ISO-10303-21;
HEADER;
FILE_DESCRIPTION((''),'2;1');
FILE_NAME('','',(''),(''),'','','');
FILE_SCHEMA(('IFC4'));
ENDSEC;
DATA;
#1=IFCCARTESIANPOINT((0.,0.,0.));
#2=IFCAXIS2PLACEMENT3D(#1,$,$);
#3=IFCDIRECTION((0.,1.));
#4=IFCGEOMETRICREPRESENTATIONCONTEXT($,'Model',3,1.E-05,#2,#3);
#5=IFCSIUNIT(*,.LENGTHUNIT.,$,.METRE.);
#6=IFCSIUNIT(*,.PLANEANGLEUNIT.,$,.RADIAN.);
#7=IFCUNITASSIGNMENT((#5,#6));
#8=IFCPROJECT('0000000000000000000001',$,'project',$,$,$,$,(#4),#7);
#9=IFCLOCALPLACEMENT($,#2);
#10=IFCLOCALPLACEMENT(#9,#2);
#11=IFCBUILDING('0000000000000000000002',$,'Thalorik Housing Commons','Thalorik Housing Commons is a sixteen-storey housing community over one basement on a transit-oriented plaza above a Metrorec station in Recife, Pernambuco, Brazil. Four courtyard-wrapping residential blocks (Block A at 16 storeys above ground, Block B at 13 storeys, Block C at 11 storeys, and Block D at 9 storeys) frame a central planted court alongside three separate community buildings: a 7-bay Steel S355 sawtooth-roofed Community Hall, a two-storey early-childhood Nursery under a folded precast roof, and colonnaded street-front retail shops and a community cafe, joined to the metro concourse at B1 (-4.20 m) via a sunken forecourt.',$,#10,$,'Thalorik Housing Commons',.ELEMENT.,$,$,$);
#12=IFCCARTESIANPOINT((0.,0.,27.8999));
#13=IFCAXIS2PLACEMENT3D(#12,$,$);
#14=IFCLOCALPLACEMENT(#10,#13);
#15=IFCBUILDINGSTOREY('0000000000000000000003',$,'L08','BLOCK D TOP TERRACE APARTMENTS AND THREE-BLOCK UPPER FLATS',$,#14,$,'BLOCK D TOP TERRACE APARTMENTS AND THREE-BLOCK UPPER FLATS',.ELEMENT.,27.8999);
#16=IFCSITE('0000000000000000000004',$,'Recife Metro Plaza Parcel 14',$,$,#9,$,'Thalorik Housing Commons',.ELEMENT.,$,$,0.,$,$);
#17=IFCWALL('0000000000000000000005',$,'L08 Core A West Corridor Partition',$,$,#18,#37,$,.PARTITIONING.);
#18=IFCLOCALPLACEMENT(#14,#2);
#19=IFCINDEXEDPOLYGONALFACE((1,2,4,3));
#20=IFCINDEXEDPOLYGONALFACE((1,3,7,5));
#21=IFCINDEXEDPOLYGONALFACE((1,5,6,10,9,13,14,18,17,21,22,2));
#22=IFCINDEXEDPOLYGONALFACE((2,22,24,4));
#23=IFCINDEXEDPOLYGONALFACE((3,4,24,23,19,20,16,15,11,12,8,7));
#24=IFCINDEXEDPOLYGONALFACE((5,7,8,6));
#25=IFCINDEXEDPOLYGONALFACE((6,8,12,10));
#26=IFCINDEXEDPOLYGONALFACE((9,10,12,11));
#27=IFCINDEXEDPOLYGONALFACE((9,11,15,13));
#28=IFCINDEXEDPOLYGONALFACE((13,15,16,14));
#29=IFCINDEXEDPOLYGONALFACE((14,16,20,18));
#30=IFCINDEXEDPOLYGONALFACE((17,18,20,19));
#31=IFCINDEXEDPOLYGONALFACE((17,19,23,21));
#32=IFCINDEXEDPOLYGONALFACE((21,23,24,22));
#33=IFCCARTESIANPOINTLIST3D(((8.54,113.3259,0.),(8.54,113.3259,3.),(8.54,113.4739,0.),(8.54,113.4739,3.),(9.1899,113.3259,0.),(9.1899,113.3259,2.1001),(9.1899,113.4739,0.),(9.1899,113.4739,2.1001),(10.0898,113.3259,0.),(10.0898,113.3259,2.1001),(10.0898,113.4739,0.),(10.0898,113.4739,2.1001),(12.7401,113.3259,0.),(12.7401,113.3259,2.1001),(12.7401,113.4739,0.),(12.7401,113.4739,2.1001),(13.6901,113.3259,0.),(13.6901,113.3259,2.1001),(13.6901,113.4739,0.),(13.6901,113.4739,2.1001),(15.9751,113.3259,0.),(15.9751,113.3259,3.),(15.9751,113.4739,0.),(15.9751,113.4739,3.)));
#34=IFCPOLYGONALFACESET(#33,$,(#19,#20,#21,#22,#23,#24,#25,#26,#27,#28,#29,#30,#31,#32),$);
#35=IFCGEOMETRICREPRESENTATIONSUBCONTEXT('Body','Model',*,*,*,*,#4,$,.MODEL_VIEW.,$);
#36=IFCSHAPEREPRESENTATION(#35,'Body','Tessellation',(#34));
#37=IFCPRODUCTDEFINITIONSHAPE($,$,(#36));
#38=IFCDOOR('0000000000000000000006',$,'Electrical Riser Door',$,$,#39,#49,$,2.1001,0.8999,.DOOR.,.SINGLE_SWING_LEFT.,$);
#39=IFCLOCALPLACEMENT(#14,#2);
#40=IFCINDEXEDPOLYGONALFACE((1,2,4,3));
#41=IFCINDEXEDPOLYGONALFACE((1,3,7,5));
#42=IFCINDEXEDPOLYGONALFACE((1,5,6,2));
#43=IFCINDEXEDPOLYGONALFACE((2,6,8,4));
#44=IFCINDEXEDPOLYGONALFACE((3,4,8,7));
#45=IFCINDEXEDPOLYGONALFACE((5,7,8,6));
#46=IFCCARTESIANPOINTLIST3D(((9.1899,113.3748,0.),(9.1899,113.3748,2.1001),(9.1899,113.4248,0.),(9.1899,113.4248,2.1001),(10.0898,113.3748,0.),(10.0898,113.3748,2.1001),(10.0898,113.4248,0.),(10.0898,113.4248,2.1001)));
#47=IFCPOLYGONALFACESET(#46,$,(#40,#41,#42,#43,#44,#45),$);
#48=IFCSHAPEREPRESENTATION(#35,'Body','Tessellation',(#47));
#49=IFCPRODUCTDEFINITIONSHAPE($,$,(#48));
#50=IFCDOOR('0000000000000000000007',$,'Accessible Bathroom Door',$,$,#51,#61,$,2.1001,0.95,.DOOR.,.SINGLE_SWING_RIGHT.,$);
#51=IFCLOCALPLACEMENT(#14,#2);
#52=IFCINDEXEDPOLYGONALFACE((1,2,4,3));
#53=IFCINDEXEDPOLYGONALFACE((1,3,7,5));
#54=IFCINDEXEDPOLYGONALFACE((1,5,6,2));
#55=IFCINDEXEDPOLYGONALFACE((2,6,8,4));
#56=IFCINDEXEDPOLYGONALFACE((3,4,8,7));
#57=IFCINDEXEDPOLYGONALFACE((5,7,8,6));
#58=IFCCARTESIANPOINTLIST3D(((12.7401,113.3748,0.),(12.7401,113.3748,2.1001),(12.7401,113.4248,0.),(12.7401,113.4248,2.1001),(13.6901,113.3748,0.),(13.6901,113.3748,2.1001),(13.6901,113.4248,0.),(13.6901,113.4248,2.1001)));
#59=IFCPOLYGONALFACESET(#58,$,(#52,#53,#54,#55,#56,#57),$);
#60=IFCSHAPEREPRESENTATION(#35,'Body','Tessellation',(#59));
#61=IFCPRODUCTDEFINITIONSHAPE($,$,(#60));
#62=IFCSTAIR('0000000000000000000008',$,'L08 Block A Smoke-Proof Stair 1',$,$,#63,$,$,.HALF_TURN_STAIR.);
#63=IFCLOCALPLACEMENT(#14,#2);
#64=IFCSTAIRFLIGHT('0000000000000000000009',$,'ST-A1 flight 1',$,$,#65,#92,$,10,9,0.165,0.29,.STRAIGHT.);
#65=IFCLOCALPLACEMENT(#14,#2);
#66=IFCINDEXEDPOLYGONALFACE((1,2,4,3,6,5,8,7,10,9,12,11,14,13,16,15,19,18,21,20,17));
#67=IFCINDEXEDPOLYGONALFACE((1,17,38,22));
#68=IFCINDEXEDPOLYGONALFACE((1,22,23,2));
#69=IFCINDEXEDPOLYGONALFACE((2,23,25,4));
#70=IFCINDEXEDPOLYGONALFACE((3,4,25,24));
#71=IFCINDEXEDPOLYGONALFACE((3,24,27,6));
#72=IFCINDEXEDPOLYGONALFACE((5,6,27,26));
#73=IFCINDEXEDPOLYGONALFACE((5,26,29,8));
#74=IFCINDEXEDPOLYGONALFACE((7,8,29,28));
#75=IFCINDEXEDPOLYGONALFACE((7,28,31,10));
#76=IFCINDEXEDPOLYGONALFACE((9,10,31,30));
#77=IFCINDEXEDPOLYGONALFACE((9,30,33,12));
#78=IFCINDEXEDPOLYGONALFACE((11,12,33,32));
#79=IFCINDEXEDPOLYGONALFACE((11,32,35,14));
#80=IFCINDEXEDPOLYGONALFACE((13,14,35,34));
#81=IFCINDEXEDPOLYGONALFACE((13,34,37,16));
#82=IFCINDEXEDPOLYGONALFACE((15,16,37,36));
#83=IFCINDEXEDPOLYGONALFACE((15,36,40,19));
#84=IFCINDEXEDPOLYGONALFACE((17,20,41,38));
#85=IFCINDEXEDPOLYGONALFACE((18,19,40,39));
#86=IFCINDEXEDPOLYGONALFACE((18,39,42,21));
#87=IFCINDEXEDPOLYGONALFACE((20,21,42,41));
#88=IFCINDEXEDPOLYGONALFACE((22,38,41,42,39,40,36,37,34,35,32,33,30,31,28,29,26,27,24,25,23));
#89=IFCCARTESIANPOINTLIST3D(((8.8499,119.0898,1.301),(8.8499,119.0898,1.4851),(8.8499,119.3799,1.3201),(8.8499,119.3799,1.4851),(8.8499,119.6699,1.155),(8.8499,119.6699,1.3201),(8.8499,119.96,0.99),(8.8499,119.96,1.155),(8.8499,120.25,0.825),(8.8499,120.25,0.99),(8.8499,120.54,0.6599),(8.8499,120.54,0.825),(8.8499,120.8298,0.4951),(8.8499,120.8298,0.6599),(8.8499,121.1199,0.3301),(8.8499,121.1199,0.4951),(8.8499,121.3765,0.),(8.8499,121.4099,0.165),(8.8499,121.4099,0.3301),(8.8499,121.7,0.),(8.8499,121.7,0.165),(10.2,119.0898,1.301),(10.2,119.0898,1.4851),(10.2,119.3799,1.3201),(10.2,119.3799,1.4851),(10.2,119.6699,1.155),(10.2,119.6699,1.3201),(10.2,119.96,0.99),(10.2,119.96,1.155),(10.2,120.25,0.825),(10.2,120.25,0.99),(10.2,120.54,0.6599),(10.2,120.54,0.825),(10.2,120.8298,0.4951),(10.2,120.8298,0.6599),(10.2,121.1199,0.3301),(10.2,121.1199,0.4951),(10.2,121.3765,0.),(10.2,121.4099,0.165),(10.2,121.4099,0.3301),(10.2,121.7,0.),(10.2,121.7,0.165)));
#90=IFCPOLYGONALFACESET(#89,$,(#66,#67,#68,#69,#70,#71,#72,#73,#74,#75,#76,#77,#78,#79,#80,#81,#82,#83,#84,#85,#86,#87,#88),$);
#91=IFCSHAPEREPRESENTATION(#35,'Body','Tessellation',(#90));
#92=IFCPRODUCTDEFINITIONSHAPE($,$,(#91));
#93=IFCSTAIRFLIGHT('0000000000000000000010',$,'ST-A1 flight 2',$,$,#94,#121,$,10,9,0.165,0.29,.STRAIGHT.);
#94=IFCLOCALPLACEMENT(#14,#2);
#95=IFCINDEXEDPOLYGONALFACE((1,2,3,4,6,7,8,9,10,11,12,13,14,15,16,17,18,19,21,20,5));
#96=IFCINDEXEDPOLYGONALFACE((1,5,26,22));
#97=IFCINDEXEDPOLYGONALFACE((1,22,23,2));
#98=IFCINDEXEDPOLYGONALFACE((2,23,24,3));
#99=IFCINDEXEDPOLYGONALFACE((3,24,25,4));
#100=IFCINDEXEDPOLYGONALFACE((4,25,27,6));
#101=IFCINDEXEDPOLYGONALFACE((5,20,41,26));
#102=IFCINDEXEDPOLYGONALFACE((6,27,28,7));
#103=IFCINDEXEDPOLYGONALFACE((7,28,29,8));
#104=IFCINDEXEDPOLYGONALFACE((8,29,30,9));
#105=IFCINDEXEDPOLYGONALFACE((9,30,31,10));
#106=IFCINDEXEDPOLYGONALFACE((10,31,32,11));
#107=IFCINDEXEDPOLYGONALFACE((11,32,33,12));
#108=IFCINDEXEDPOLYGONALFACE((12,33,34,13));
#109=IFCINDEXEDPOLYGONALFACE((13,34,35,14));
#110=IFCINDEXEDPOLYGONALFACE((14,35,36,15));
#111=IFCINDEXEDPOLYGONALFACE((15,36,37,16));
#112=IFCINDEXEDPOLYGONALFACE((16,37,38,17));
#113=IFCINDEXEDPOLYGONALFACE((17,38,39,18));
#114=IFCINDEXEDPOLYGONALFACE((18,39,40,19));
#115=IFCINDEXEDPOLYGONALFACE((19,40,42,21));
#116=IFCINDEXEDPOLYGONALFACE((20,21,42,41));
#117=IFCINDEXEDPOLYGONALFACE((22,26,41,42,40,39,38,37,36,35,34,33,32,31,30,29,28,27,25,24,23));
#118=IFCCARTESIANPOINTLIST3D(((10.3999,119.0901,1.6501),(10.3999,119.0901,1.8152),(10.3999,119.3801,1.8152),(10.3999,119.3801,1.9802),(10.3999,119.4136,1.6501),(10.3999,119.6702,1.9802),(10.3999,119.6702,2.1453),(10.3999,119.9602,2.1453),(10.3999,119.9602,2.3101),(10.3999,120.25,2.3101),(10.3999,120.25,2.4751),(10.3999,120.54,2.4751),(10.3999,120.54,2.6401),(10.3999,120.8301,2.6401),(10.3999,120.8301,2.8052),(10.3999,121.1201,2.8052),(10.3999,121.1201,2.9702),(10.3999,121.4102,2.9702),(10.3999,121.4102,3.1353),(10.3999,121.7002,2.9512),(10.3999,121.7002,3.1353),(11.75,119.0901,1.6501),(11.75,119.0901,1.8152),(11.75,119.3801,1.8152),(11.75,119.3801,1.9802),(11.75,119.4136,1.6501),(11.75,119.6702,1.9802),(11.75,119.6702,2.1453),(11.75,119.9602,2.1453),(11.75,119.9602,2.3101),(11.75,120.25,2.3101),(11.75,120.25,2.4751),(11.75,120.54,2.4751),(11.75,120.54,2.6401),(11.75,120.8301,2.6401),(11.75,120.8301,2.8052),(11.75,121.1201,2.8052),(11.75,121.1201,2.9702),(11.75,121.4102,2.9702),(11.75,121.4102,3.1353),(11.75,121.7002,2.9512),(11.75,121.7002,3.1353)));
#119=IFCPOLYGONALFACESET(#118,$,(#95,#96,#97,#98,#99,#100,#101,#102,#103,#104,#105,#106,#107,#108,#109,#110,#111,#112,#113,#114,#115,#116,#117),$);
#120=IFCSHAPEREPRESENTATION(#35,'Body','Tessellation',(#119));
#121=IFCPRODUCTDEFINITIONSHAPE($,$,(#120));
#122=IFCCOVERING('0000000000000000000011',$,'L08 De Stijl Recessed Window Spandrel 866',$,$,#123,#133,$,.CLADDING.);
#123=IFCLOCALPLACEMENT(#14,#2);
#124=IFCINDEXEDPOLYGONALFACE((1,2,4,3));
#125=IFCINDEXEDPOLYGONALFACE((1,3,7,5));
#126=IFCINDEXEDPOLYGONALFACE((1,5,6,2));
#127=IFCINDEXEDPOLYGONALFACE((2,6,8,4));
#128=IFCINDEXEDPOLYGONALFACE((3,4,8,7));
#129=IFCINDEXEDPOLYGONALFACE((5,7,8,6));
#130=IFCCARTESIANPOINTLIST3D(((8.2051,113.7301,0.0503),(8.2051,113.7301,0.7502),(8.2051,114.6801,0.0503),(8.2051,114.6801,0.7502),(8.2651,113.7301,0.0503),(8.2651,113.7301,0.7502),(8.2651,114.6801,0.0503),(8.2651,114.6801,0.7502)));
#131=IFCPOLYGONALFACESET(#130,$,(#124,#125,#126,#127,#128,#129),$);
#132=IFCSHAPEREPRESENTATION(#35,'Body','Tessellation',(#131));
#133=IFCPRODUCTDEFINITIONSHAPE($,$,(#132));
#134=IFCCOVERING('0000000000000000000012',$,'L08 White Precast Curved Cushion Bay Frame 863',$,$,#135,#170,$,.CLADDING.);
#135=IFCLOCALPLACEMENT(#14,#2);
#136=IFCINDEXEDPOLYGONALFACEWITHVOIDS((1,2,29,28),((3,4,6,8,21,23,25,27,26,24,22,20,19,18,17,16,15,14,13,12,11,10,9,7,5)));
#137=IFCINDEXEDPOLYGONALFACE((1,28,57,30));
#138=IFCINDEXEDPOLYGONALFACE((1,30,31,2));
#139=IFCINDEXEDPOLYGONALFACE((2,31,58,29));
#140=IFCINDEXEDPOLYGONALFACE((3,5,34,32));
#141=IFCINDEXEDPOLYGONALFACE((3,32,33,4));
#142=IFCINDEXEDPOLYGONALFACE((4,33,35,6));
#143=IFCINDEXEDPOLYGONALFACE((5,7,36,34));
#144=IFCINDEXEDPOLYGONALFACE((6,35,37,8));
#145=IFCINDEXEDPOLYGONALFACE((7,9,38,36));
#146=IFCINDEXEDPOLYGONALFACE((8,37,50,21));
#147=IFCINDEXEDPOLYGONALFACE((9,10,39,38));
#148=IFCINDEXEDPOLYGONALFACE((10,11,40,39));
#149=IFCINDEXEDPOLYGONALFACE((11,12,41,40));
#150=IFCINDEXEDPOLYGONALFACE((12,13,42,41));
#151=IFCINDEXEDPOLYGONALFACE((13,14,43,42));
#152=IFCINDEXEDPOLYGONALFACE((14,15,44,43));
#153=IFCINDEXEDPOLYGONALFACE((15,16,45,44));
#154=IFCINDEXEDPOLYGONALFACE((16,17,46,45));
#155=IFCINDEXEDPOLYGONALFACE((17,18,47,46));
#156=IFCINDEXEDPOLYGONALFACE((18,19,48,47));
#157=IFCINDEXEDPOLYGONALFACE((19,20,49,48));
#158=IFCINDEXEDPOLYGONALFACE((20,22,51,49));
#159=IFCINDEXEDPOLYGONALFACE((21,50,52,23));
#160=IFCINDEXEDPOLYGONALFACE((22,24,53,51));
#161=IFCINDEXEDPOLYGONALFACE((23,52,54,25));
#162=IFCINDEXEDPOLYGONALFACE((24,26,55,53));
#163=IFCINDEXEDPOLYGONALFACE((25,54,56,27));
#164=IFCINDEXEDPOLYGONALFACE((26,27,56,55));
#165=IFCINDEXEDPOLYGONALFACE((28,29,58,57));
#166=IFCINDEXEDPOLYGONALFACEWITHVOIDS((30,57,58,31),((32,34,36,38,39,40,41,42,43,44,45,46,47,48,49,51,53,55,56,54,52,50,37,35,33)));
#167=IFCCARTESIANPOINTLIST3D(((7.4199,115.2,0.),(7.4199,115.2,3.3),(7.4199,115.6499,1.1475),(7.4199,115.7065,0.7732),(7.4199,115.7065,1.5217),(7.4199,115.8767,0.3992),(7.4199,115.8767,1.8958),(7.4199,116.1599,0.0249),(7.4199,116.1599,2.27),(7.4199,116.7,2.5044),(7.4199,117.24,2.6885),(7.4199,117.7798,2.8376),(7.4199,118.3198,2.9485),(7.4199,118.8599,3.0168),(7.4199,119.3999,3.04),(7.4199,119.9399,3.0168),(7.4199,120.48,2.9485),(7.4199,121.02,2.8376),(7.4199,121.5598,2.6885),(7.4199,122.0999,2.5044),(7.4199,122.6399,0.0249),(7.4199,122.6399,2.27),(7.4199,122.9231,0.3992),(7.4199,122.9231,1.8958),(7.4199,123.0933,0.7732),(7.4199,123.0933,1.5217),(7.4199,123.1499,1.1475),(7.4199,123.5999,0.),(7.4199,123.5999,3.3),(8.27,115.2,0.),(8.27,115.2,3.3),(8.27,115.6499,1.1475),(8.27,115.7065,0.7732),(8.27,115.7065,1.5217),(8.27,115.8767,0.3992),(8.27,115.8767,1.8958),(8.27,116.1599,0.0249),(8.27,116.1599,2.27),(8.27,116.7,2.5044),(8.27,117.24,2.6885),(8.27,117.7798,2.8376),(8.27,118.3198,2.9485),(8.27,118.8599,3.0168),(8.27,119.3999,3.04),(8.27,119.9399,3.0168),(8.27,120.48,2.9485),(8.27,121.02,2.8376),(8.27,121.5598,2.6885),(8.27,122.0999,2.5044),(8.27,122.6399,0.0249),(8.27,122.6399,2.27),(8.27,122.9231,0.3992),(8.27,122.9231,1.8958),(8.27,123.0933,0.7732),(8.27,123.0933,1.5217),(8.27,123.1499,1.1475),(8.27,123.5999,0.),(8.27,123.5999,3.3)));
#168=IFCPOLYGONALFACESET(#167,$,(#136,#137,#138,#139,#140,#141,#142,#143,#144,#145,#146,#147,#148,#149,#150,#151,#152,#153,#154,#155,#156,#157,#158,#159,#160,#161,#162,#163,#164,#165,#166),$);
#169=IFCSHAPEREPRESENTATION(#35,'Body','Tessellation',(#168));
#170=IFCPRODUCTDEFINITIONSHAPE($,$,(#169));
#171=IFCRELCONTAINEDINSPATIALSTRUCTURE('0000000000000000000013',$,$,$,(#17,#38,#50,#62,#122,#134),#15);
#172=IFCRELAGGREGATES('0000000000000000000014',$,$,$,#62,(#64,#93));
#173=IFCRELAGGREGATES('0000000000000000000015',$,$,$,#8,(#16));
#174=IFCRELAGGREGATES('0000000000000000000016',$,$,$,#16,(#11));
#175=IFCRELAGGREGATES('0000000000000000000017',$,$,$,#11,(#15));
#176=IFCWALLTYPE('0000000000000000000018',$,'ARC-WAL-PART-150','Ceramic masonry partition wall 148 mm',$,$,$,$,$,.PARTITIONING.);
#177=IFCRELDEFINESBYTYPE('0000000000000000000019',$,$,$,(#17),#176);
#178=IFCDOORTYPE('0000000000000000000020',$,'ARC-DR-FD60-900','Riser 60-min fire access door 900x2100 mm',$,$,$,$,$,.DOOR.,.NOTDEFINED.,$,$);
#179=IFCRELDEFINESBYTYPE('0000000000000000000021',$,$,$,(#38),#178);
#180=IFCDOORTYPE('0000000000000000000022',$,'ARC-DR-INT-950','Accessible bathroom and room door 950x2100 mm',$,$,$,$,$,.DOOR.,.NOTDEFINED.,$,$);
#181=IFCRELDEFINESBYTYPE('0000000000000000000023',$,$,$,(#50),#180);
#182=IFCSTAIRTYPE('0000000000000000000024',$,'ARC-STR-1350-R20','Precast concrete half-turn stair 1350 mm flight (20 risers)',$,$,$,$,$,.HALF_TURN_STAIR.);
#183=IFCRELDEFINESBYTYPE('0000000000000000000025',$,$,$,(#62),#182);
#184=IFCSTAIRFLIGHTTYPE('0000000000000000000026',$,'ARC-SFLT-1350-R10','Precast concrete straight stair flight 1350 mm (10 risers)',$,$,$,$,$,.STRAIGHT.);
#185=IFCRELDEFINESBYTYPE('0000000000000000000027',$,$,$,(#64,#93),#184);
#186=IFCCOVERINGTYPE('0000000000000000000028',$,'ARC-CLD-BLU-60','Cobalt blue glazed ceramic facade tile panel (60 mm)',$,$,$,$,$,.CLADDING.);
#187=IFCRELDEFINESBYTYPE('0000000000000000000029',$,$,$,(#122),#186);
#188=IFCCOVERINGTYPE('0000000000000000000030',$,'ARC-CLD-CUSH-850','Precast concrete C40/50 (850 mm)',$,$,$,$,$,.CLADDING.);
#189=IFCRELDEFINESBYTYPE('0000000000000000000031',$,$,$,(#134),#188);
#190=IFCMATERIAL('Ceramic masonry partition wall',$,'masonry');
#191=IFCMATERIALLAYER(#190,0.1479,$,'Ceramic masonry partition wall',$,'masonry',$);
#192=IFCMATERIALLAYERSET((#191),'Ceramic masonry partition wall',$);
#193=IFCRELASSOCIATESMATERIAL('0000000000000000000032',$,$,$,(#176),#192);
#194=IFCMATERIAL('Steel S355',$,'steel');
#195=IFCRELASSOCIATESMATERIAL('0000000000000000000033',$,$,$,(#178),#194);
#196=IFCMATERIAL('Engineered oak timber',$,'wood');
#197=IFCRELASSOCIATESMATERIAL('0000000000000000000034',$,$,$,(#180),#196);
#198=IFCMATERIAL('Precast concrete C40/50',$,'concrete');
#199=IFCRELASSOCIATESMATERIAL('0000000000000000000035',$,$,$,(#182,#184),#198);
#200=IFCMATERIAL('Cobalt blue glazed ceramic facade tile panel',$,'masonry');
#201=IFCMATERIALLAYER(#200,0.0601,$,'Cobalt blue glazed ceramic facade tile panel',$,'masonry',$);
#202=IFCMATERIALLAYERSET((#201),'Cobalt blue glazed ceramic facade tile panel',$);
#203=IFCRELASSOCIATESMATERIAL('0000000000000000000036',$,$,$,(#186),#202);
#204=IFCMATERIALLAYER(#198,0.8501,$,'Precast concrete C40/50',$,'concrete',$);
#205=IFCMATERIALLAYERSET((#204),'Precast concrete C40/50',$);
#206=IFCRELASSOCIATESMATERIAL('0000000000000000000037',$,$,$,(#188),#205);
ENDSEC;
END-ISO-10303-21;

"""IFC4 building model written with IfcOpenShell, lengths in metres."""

from ifc_helpers import new_model, si_unit, direction, frame, frame_2d, origin, origin_2d, place, context, subcontext, project, spatial, polyline, rectangle, outline, extrude, material, layer, layer_set, type_object, element, fill, aggregate, save


model = new_model("IFC4")

# Units and contexts
model_context = context("Model", 3, precision=1e-05, world=origin(), true_north=direction((0.0, 1.0)))
body_context = subcontext(model_context, "Body", "Model", "MODEL_VIEW")
ifc_project = project(units=[si_unit("LENGTHUNIT", "METRE"), si_unit("PLANEANGLEUNIT", "RADIAN")], contexts=[model_context])

# Site, building, storey
site_placement = place(None, origin())
site = spatial("IfcSite", under=ifc_project, at=site_placement, Name="Recife Metro Plaza Parcel 14", LongName="Thalorik Housing Commons", CompositionType="ELEMENT", RefElevation=0.0)
building_placement = place(site_placement, origin())
building = spatial("IfcBuilding", under=site, at=building_placement, Name="Thalorik Housing Commons", Description="Thalorik Housing Commons is a sixteen-storey housing community over one basement on a transit-oriented plaza above a Metrorec station in Recife, Pernambuco, Brazil. Four courtyard-wrapping residential blocks (Block A at 16 storeys above ground, Block B at 13 storeys, Block C at 11 storeys, and Block D at 9 storeys) frame a central planted court alongside three separate community buildings: a 7-bay Steel S355 sawtooth-roofed Community Hall, a two-storey early-childhood Nursery under a folded precast roof, and colonnaded street-front retail shops and a community cafe, joined to the metro concourse at B1 (-4.20 m) via a sunken forecourt.", LongName="Thalorik Housing Commons", CompositionType="ELEMENT")
storey_placement = place(building_placement, frame((0.0, 0.0, 27.8999)))
storey = spatial("IfcBuildingStorey", under=building, at=storey_placement, Name="L08", Description="BLOCK D TOP TERRACE APARTMENTS AND THREE-BLOCK UPPER FLATS", LongName="BLOCK D TOP TERRACE APARTMENTS AND THREE-BLOCK UPPER FLATS", CompositionType="ELEMENT", Elevation=27.8999)

# Shared definitions
ifc_material_1 = material(Name="Precast concrete C40/50", Category="concrete")

# Shared definitions
ifc_material_2 = material(Name="Steel S355", Category="steel")

# Shared definitions
ifc_material_3 = material(Name="Ceramic masonry partition wall", Category="masonry")
ifc_layer_1 = layer(ifc_material_3, 0.1479, Name="Ceramic masonry partition wall", Category="masonry")
ifc_layer_set_1 = layer_set([ifc_layer_1], Name="Ceramic masonry partition wall")
wall_type_1 = type_object("IfcWallType", Name="ARC-WAL-PART-150", Description="Ceramic masonry partition wall 148 mm", PredefinedType="PARTITIONING", material=ifc_layer_set_1)

# Wall, openings, doors
wall_1_placement = place(storey_placement, frame((8.54, 113.3999, 0.0), z_axis=(0.0, 0.0, 1.0), x_axis=(1.0, 0.0, 0.0)))
wall_1 = element("IfcWall", 1, at=wall_1_placement, inside=storey, type_object=wall_type_1, Name="L08 Core A West Corridor Partition", PredefinedType="PARTITIONING", context=body_context, shape_type="SweptSolid", body=[
    extrude(rectangle(XDim=7.4351, YDim=0.1479, at=frame_2d((3.7175, 0.0))), origin(), (0.0, 0.0, 1.0), 3.0),
])
opening_1_placement = place(wall_1_placement, frame((0.6499, 0.0, 0.0)))
opening_1 = element("IfcOpeningElement", 2, at=opening_1_placement, cuts=wall_1, PredefinedType="OPENING", context=body_context, shape_type="SweptSolid", body=[
    extrude(rectangle(XDim=0.8999, YDim=2.1001, at=frame_2d((0.45, 1.05))), frame((0.0, 0.084, 0.0), z_axis=(0.0, -1.0, 0.0), x_axis=(1.0, 0.0, 0.0)), (0.0, 0.0, 1.0), 0.168),
])
opening_2_placement = place(wall_1_placement, frame((4.2, 0.0, 0.0)))
opening_2 = element("IfcOpeningElement", 3, at=opening_2_placement, cuts=wall_1, PredefinedType="OPENING", context=body_context, shape_type="SweptSolid", body=[
    extrude(rectangle(XDim=0.95, YDim=2.1001, at=frame_2d((0.4751, 1.05))), frame((0.0, 0.084, 0.0), z_axis=(0.0, -1.0, 0.0), x_axis=(1.0, 0.0, 0.0)), (0.0, 0.0, 1.0), 0.168),
])
door_type_1 = type_object("IfcDoorType", Name="ARC-DR-FD60-900", Description="Riser 60-min fire access door 900x2100 mm", OperationType="NOTDEFINED", PredefinedType="DOOR", material=ifc_material_2)
door_1_placement = place(opening_1_placement, origin())
door_1 = element("IfcDoor", 4, at=door_1_placement, inside=storey, type_object=door_type_1, Name="Electrical Riser Door", OperationType="SINGLE_SWING_LEFT", OverallHeight=2.1001, OverallWidth=0.8999, PredefinedType="DOOR", context=body_context, shape_type="SweptSolid", body=[
    extrude(rectangle(XDim=0.8999, YDim=2.1001, at=frame_2d((0.45, 1.05))), frame((0.0, 0.0249, 0.0), z_axis=(0.0, -1.0, 0.0), x_axis=(1.0, 0.0, 0.0)), (0.0, 0.0, 1.0), 0.05),
])
fill(opening_1, door_1)
ifc_material_4 = material(Name="Engineered oak timber", Category="wood")
door_type_2 = type_object("IfcDoorType", Name="ARC-DR-INT-950", Description="Accessible bathroom and room door 950x2100 mm", OperationType="NOTDEFINED", PredefinedType="DOOR", material=ifc_material_4)
door_2_placement = place(opening_2_placement, origin())
door_2 = element("IfcDoor", 5, at=door_2_placement, inside=storey, type_object=door_type_2, Name="Accessible Bathroom Door", OperationType="SINGLE_SWING_RIGHT", OverallHeight=2.1001, OverallWidth=0.95, PredefinedType="DOOR", context=body_context, shape_type="SweptSolid", body=[
    extrude(rectangle(XDim=0.95, YDim=2.1001, at=frame_2d((0.4751, 1.05))), frame((0.0, 0.0249, 0.0), z_axis=(0.0, -1.0, 0.0), x_axis=(1.0, 0.0, 0.0)), (0.0, 0.0, 1.0), 0.05),
])
fill(opening_2, door_2)

# Stair, stair flights
stair_type = type_object("IfcStairType", Name="ARC-STR-1350-R20", Description="Precast concrete half-turn stair 1350 mm flight (20 risers)", PredefinedType="HALF_TURN_STAIR", material=ifc_material_1)
stair_placement = place(storey_placement, origin())
stair = element("IfcStair", 6, at=stair_placement, inside=storey, type_object=stair_type, Name="L08 Block A Smoke-Proof Stair 1", PredefinedType="HALF_TURN_STAIR")
stair_flight_type = type_object("IfcStairFlightType", Name="ARC-SFLT-1350-R10", Description="Precast concrete straight stair flight 1350 mm (10 risers)", PredefinedType="STRAIGHT", material=ifc_material_1)
stair_flight_1_placement = place(storey_placement, frame((9.5249, 121.7, 0.0), z_axis=(0.0, 0.0, 1.0), x_axis=(0.0, -1.0, 0.0)))
stair_flight_1 = element("IfcStairFlight", 7, at=stair_flight_1_placement, type_object=stair_flight_type, Name="ST-A1 flight 1", NumberOfRisers=10, NumberOfTreads=9, PredefinedType="STRAIGHT", RiserHeight=0.165, TreadLength=0.29, context=body_context, shape_type="SweptSolid", body=[
    extrude(outline(polyline([(0.0, 0.0), (0.0, 0.165), (0.29, 0.165), (0.29, 0.3301), (0.5801, 0.3301), (0.5801, 0.4951), (0.8701, 0.4951), (0.8701, 0.6599), (1.1599, 0.6599), (1.1599, 0.825), (1.45, 0.825), (1.45, 0.99), (1.74, 0.99), (1.74, 1.155), (2.03, 1.155), (2.03, 1.3201), (2.3201, 1.3201), (2.3201, 1.4851), (2.6101, 1.4851), (2.6101, 1.6499), (2.6101, 1.301), (0.3235, 0.0), (0.0, 0.0)])), frame((0.0, 0.675, 0.0), z_axis=(0.0, -1.0, 0.0), x_axis=(1.0, 0.0, 0.0)), (0.0, 0.0, 1.0), 1.3501),
])
stair_flight_2_placement = place(storey_placement, frame((11.075, 119.0901, 1.6501), z_axis=(0.0, 0.0, 1.0), x_axis=(0.0, 1.0, 0.0)))
stair_flight_2 = element("IfcStairFlight", 8, at=stair_flight_2_placement, type_object=stair_flight_type, Name="ST-A1 flight 2", NumberOfRisers=10, NumberOfTreads=9, PredefinedType="STRAIGHT", RiserHeight=0.165, TreadLength=0.29, context=body_context, shape_type="SweptSolid", body=[
    extrude(outline(polyline([(0.0, 0.0), (0.0, 0.165), (0.29, 0.165), (0.29, 0.3301), (0.5801, 0.3301), (0.5801, 0.4951), (0.8701, 0.4951), (0.8701, 0.6599), (1.1599, 0.6599), (1.1599, 0.825), (1.45, 0.825), (1.45, 0.99), (1.74, 0.99), (1.74, 1.155), (2.03, 1.155), (2.03, 1.3201), (2.3201, 1.3201), (2.3201, 1.4851), (2.6101, 1.4851), (2.6101, 1.6499), (2.6101, 1.301), (0.3235, 0.0), (0.0, 0.0)])), frame((0.0, 0.675, 0.0), z_axis=(0.0, -1.0, 0.0), x_axis=(1.0, 0.0, 0.0)), (0.0, 0.0, 1.0), 1.3501),
])
aggregate(stair, [stair_flight_1, stair_flight_2])

# Coverings
ifc_material_5 = material(Name="Cobalt blue glazed ceramic facade tile panel", Category="masonry")
ifc_layer_2 = layer(ifc_material_5, 0.0601, Name="Cobalt blue glazed ceramic facade tile panel", Category="masonry")
ifc_layer_set_2 = layer_set([ifc_layer_2], Name="Cobalt blue glazed ceramic facade tile panel")
covering_type_1 = type_object("IfcCoveringType", Name="ARC-CLD-BLU-60", Description="Cobalt blue glazed ceramic facade tile panel (60 mm)", PredefinedType="CLADDING", material=ifc_layer_set_2)
covering_1_placement = place(storey_placement, frame((8.2351, 114.2051, 0.0503), z_axis=(0.0, 0.0, 1.0), x_axis=(0.0, -1.0, 0.0)))
element("IfcCovering", 9, at=covering_1_placement, inside=storey, type_object=covering_type_1, Name="L08 De Stijl Recessed Window Spandrel 866", PredefinedType="CLADDING", context=body_context, shape_type="SweptSolid", body=[
    extrude(rectangle(XDim=0.95, YDim=0.0601, at=origin_2d()), origin(), (0.0, 0.0, 1.0), 0.7),
])
ifc_layer_3 = layer(ifc_material_1, 0.8501, Name="Precast concrete C40/50", Category="concrete")
ifc_layer_set_3 = layer_set([ifc_layer_3], Name="Precast concrete C40/50")
covering_type_2 = type_object("IfcCoveringType", Name="ARC-CLD-CUSH-850", Description="Precast concrete C40/50 (850 mm)", PredefinedType="CLADDING", material=ifc_layer_set_3)
covering_2_placement = place(storey_placement, frame((7.845, 119.3999, 0.0), z_axis=(0.0, 0.0, 1.0), x_axis=(0.0, -1.0, 0.0)))
element("IfcCovering", 10, at=covering_2_placement, inside=storey, type_object=covering_type_2, Name="L08 White Precast Curved Cushion Bay Frame 863", PredefinedType="CLADDING", context=body_context, shape_type="SweptSolid", body=[
    extrude(outline(polyline([(-4.2, 0.0), (4.2, 0.0), (4.2, 3.3), (-4.2, 3.3), (-4.2, 0.0)]), holes=[polyline([(3.24, 0.0249), (3.5232, 0.3992), (3.6934, 0.7732), (3.75, 1.1475), (3.6934, 1.5217), (3.5232, 1.8958), (3.24, 2.27), (2.7, 2.5044), (2.1599, 2.6885), (1.6201, 2.8376), (1.0801, 2.9485), (0.54, 3.0168), (0.0, 3.04), (-0.54, 3.0168), (-1.0801, 2.9485), (-1.6201, 2.8376), (-2.1599, 2.6885), (-2.7, 2.5044), (-3.24, 2.27), (-3.5232, 1.8958), (-3.6934, 1.5217), (-3.75, 1.1475), (-3.6934, 0.7732), (-3.5232, 0.3992), (-3.24, 0.0249), (3.24, 0.0249)])]), frame((0.0, 0.425, 0.0), z_axis=(0.0, -1.0, 0.0), x_axis=(1.0, 0.0, 0.0)), (0.0, 0.0, 1.0), 0.8501),
])

save(model, "model.ifc")
